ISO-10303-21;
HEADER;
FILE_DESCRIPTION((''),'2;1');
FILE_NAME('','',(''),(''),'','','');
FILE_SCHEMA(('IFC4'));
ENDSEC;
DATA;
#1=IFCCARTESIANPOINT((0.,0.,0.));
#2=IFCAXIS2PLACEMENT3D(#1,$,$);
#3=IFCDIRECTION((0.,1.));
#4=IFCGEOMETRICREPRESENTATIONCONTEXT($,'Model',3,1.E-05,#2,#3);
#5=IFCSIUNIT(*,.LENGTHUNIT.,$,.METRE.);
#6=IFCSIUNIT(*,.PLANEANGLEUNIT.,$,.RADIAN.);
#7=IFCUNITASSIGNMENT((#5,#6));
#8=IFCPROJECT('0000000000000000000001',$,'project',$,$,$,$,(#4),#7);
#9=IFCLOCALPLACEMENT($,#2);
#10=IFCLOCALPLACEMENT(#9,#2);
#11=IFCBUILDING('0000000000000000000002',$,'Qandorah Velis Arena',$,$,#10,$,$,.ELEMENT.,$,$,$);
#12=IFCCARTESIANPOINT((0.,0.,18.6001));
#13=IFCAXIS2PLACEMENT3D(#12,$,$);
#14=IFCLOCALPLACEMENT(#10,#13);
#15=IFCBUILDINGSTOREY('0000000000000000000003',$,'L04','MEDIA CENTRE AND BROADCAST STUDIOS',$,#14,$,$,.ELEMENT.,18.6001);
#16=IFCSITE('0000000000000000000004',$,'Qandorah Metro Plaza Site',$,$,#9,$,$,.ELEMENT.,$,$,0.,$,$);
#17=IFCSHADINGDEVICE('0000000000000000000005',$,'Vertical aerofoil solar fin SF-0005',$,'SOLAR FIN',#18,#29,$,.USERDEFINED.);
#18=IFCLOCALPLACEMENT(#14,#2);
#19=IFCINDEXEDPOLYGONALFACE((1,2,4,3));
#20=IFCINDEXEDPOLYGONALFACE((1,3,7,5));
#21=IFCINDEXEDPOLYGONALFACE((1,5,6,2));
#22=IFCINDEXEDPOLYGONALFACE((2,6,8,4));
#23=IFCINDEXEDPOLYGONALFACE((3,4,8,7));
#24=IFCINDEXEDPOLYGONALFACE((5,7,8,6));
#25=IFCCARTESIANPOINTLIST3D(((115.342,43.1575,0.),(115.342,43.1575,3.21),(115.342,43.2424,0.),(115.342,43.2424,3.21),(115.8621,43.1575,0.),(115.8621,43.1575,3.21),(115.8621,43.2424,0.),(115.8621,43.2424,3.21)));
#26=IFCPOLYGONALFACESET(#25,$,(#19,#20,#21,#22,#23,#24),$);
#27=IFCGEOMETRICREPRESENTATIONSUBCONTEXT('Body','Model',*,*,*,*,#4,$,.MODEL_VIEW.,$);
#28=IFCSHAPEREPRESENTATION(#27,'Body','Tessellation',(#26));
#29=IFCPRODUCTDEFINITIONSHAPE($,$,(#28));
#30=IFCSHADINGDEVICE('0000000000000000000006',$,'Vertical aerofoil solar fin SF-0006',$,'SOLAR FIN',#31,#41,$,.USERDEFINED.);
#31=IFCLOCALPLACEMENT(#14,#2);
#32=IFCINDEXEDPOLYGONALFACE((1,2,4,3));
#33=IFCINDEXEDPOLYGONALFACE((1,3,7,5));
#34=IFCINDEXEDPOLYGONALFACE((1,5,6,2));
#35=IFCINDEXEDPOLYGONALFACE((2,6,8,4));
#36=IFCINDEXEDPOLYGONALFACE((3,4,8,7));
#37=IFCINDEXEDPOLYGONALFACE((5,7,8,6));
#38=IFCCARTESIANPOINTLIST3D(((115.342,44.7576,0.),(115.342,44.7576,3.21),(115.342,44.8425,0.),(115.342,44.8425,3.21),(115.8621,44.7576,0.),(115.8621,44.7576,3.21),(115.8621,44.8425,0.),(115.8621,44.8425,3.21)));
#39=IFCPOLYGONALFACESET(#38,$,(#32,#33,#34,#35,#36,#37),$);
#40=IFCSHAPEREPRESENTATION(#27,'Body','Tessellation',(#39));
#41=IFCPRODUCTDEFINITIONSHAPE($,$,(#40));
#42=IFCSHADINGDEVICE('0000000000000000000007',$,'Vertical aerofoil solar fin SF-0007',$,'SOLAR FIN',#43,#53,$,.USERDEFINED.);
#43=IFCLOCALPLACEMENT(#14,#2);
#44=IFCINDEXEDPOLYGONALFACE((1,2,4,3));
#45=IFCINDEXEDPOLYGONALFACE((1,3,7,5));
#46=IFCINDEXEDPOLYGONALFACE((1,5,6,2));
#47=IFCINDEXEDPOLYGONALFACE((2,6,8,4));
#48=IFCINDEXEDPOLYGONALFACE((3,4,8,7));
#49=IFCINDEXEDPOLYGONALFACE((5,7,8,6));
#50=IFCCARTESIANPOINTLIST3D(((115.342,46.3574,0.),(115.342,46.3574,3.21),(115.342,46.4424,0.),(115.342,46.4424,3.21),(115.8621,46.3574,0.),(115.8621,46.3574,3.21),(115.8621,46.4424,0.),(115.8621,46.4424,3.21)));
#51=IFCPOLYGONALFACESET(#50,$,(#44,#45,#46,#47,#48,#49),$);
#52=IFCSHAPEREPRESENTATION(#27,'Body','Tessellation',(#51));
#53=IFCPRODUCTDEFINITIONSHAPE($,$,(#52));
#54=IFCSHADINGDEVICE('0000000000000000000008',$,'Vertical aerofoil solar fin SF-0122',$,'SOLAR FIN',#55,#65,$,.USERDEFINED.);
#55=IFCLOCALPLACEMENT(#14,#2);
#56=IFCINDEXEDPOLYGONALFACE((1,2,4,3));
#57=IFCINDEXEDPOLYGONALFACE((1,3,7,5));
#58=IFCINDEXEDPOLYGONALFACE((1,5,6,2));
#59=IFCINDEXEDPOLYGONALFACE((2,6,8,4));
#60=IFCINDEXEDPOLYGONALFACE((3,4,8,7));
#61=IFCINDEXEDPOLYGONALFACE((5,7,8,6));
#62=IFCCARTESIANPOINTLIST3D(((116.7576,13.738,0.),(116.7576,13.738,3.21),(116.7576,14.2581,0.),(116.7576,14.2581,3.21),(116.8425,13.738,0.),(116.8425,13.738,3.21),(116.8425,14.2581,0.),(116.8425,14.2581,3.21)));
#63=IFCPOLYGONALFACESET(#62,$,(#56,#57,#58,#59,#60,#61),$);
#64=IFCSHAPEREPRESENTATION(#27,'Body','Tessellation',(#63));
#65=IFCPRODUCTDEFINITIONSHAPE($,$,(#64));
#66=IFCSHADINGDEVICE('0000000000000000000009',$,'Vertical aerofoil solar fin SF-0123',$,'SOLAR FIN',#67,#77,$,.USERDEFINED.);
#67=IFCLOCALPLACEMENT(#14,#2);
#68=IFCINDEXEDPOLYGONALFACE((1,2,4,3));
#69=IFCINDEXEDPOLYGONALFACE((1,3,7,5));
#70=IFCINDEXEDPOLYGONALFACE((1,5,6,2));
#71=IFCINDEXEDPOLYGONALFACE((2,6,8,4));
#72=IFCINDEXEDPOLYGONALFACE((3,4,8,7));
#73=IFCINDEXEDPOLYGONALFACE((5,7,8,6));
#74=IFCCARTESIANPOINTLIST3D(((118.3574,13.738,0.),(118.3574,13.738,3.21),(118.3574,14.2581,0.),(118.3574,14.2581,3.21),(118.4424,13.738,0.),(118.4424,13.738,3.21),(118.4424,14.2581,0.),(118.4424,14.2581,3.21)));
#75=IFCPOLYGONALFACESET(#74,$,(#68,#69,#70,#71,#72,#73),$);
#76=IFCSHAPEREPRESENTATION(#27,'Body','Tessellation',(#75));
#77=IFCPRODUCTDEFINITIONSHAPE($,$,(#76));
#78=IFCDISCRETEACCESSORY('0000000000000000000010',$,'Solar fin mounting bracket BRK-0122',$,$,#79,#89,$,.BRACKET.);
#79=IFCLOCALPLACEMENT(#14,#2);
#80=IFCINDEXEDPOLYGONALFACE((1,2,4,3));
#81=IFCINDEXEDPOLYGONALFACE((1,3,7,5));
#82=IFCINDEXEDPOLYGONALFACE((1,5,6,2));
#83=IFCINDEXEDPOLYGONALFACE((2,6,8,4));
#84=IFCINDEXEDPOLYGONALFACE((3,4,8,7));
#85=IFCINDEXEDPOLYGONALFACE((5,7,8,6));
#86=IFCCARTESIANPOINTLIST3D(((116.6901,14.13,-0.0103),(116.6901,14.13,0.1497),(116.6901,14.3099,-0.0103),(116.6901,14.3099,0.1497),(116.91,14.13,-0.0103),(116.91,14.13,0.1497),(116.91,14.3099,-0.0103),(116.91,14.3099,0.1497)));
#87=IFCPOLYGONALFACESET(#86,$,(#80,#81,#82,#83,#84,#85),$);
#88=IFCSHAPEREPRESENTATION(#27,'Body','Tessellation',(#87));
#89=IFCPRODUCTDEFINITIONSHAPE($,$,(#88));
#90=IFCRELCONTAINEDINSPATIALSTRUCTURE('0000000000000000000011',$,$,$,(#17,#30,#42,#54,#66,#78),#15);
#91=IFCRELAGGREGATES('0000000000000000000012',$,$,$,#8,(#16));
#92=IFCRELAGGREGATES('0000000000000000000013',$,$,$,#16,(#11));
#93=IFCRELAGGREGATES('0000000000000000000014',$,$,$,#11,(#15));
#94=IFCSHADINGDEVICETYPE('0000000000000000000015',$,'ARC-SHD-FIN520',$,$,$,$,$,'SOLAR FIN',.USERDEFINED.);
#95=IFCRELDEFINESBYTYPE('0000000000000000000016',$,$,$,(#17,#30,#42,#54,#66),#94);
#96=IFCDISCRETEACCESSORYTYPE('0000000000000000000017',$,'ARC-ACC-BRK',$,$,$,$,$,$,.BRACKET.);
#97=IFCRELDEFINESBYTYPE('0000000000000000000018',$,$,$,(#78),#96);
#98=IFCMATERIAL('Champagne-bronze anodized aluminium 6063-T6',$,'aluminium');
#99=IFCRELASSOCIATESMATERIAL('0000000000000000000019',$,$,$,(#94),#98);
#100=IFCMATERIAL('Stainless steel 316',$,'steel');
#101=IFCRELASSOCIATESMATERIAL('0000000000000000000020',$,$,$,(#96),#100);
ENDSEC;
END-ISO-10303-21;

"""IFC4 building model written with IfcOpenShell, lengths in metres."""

from ifc_helpers import new_model, si_unit, direction, frame, origin, origin_2d, place, context, subcontext, project, spatial, rectangle, extrude, material, type_object, element, save


model = new_model("IFC4")

# Units and contexts
model_context = context("Model", 3, precision=1e-05, world=origin(), true_north=direction((0.0, 1.0)))
body_context = subcontext(model_context, "Body", "Model", "MODEL_VIEW")
ifc_project = project(units=[si_unit("LENGTHUNIT", "METRE"), si_unit("PLANEANGLEUNIT", "RADIAN")], contexts=[model_context])

# Site, building, storey
site_placement = place(None, origin())
site = spatial("IfcSite", under=ifc_project, at=site_placement, Name="Qandorah Metro Plaza Site", CompositionType="ELEMENT", RefElevation=0.0)
building_placement = place(site_placement, origin())
building = spatial("IfcBuilding", under=site, at=building_placement, Name="Qandorah Velis Arena", CompositionType="ELEMENT")
storey_placement = place(building_placement, frame((0.0, 0.0, 18.6001)))
storey = spatial("IfcBuildingStorey", under=building, at=storey_placement, Name="L04", Description="MEDIA CENTRE AND BROADCAST STUDIOS", CompositionType="ELEMENT", Elevation=18.6001)

# Shared definitions
ifc_material_1 = material(Name="Champagne-bronze anodized aluminium 6063-T6", Category="aluminium")

# Shading devices
shading_device_type = type_object("IfcShadingDeviceType", Name="ARC-SHD-FIN520", ElementType="SOLAR FIN", PredefinedType="USERDEFINED", material=ifc_material_1)
for number, where, z_axis, x_axis, name in (
    (1, (115.6021, 43.2, 0.0), (0.0, 0.0, 1.0), (1.0, 0.0, 0.0), "Vertical aerofoil solar fin SF-0005"),
    (2, (115.6021, 44.8, 0.0), (0.0, 0.0, 1.0), (1.0, 0.0, 0.0), "Vertical aerofoil solar fin SF-0006"),
    (3, (115.6021, 46.3999, 0.0), (0.0, 0.0, 1.0), (1.0, 0.0, 0.0), "Vertical aerofoil solar fin SF-0007"),
):
    element("IfcShadingDevice", number, at=place(storey_placement, frame(where, z_axis=z_axis, x_axis=x_axis)), inside=storey, type_object=shading_device_type, Name=name, ObjectType="SOLAR FIN", PredefinedType="USERDEFINED", context=body_context, shape_type="SweptSolid", body=[
        extrude(rectangle(XDim=0.52, YDim=0.085, at=origin_2d()), origin(), (0.0, 0.0, 1.0), 3.21),
    ])
for number, where, z_axis, x_axis, name in (
    (4, (116.8, 13.998, 0.0), (0.0, 0.0, 1.0), (1.0, 0.0, 0.0), "Vertical aerofoil solar fin SF-0122"),
    (5, (118.3999, 13.998, 0.0), (0.0, 0.0, 1.0), (1.0, 0.0, 0.0), "Vertical aerofoil solar fin SF-0123"),
):
    element("IfcShadingDevice", number, at=place(storey_placement, frame(where, z_axis=z_axis, x_axis=x_axis)), inside=storey, type_object=shading_device_type, Name=name, ObjectType="SOLAR FIN", PredefinedType="USERDEFINED", context=body_context, shape_type="SweptSolid", body=[
        extrude(rectangle(XDim=0.085, YDim=0.52, at=origin_2d()), origin(), (0.0, 0.0, 1.0), 3.21),
    ])

# Discrete accessory
ifc_material_2 = material(Name="Stainless steel 316", Category="steel")
discrete_accessory_type = type_object("IfcDiscreteAccessoryType", Name="ARC-ACC-BRK", PredefinedType="BRACKET", material=ifc_material_2)
discrete_accessory_placement = place(storey_placement, frame((116.8, 14.22, -0.0103), z_axis=(0.0, 0.0, 1.0), x_axis=(1.0, 0.0, 0.0)))
element("IfcDiscreteAccessory", 6, at=discrete_accessory_placement, inside=storey, type_object=discrete_accessory_type, Name="Solar fin mounting bracket BRK-0122", PredefinedType="BRACKET", context=body_context, shape_type="SweptSolid", body=[
    extrude(rectangle(XDim=0.22, YDim=0.1799, at=origin_2d()), origin(), (0.0, 0.0, 1.0), 0.1599),
])

save(model, "model.ifc")
